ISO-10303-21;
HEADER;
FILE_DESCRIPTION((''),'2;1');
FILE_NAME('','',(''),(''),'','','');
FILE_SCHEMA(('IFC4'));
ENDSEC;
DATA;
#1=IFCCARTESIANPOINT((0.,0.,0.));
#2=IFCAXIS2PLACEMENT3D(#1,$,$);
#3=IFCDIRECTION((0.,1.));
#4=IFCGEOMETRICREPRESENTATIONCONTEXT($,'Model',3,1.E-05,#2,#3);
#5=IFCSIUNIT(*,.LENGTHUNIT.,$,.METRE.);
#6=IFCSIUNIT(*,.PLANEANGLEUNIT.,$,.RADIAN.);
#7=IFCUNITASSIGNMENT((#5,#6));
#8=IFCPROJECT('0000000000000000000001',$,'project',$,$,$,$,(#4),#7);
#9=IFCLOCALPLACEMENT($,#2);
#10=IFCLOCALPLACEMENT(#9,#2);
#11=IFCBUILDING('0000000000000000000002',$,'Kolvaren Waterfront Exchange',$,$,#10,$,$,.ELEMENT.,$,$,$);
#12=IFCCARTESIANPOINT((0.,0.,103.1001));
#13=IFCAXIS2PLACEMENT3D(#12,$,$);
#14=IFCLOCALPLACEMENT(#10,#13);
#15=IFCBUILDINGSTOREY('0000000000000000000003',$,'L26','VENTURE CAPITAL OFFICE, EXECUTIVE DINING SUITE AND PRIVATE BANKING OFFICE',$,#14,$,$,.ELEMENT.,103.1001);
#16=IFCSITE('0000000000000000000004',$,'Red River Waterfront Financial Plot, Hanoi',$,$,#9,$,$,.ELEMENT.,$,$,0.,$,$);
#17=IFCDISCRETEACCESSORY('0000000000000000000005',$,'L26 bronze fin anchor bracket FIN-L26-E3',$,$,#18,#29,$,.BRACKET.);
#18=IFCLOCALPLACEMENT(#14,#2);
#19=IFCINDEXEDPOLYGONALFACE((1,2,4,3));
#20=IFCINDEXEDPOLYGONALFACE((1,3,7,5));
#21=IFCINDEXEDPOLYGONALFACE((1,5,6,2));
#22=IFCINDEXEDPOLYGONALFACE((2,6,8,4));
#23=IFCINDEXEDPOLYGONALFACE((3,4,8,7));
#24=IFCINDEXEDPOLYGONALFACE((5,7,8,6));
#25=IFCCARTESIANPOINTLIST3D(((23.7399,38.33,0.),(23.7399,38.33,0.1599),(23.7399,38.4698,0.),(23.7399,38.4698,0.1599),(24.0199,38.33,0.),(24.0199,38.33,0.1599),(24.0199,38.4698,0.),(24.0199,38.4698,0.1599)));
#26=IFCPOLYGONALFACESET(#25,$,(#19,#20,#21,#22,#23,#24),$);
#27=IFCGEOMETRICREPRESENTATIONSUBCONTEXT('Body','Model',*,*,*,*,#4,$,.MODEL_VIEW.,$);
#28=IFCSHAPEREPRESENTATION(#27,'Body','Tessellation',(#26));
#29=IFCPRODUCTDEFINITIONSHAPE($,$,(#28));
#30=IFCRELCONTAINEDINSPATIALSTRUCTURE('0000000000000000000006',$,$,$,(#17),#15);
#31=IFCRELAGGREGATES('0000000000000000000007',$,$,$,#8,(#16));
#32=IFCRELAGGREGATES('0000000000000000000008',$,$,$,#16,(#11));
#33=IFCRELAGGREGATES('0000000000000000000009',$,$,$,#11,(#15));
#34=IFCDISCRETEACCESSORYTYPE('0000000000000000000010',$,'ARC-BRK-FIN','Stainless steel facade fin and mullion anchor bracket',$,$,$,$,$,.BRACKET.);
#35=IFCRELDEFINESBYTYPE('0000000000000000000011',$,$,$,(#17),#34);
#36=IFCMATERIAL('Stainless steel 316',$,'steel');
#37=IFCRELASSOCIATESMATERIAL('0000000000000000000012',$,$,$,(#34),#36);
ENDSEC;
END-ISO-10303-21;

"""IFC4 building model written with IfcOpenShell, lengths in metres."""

from ifc_helpers import new_model, si_unit, direction, frame, origin, origin_with_axes, origin_2d, place, context, subcontext, project, spatial, rectangle, extrude, source, transform, mapped, material, type_object, element, save


model = new_model("IFC4")

# Units and contexts
model_context = context("Model", 3, precision=1e-05, world=origin(), true_north=direction((0.0, 1.0)))
body_context = subcontext(model_context, "Body", "Model", "MODEL_VIEW")
ifc_project = project(units=[si_unit("LENGTHUNIT", "METRE"), si_unit("PLANEANGLEUNIT", "RADIAN")], contexts=[model_context])

# Site, building, storey
site_placement = place(None, origin())
site = spatial("IfcSite", under=ifc_project, at=site_placement, Name="Red River Waterfront Financial Plot, Hanoi", CompositionType="ELEMENT", RefElevation=0.0)
building_placement = place(site_placement, origin())
building = spatial("IfcBuilding", under=site, at=building_placement, Name="Kolvaren Waterfront Exchange", CompositionType="ELEMENT")
storey_placement = place(building_placement, frame((0.0, 0.0, 103.1001)))
storey = spatial("IfcBuildingStorey", under=building, at=storey_placement, Name="L26", Description="VENTURE CAPITAL OFFICE, EXECUTIVE DINING SUITE AND PRIVATE BANKING OFFICE", CompositionType="ELEMENT", Elevation=103.1001)

# Discrete accessory
ifc_material_1 = material(Name="Stainless steel 316", Category="steel")
discrete_accessory_type = type_object("IfcDiscreteAccessoryType", Name="ARC-BRK-FIN", Description="Stainless steel facade fin and mullion anchor bracket", PredefinedType="BRACKET", material=ifc_material_1)
shared_shape_1 = source(origin_with_axes(), body_context, "Body", "SweptSolid", [
    extrude(rectangle(XDim=0.28, YDim=0.1399, at=origin_2d()), origin(), (0.0, 0.0, 1.0), 0.1599),
])
discrete_accessory_placement = place(storey_placement, frame((23.8799, 38.3999, 0.0), z_axis=(0.0, 0.0, 1.0), x_axis=(1.0, 0.0, 0.0)))
element("IfcDiscreteAccessory", 1, at=discrete_accessory_placement, inside=storey, type_object=discrete_accessory_type, Name="L26 bronze fin anchor bracket FIN-L26-E3", PredefinedType="BRACKET", context=body_context, shape_type="MappedRepresentation", body=[
    mapped(shared_shape_1, transform((0.0, 0.0, 0.0), x_axis=(1.0, 0.0, 0.0), y_axis=(0.0, 1.0, 0.0), z_axis=(0.0, 0.0, 1.0), scale=1.0)),
])

save(model, "model.ifc")
